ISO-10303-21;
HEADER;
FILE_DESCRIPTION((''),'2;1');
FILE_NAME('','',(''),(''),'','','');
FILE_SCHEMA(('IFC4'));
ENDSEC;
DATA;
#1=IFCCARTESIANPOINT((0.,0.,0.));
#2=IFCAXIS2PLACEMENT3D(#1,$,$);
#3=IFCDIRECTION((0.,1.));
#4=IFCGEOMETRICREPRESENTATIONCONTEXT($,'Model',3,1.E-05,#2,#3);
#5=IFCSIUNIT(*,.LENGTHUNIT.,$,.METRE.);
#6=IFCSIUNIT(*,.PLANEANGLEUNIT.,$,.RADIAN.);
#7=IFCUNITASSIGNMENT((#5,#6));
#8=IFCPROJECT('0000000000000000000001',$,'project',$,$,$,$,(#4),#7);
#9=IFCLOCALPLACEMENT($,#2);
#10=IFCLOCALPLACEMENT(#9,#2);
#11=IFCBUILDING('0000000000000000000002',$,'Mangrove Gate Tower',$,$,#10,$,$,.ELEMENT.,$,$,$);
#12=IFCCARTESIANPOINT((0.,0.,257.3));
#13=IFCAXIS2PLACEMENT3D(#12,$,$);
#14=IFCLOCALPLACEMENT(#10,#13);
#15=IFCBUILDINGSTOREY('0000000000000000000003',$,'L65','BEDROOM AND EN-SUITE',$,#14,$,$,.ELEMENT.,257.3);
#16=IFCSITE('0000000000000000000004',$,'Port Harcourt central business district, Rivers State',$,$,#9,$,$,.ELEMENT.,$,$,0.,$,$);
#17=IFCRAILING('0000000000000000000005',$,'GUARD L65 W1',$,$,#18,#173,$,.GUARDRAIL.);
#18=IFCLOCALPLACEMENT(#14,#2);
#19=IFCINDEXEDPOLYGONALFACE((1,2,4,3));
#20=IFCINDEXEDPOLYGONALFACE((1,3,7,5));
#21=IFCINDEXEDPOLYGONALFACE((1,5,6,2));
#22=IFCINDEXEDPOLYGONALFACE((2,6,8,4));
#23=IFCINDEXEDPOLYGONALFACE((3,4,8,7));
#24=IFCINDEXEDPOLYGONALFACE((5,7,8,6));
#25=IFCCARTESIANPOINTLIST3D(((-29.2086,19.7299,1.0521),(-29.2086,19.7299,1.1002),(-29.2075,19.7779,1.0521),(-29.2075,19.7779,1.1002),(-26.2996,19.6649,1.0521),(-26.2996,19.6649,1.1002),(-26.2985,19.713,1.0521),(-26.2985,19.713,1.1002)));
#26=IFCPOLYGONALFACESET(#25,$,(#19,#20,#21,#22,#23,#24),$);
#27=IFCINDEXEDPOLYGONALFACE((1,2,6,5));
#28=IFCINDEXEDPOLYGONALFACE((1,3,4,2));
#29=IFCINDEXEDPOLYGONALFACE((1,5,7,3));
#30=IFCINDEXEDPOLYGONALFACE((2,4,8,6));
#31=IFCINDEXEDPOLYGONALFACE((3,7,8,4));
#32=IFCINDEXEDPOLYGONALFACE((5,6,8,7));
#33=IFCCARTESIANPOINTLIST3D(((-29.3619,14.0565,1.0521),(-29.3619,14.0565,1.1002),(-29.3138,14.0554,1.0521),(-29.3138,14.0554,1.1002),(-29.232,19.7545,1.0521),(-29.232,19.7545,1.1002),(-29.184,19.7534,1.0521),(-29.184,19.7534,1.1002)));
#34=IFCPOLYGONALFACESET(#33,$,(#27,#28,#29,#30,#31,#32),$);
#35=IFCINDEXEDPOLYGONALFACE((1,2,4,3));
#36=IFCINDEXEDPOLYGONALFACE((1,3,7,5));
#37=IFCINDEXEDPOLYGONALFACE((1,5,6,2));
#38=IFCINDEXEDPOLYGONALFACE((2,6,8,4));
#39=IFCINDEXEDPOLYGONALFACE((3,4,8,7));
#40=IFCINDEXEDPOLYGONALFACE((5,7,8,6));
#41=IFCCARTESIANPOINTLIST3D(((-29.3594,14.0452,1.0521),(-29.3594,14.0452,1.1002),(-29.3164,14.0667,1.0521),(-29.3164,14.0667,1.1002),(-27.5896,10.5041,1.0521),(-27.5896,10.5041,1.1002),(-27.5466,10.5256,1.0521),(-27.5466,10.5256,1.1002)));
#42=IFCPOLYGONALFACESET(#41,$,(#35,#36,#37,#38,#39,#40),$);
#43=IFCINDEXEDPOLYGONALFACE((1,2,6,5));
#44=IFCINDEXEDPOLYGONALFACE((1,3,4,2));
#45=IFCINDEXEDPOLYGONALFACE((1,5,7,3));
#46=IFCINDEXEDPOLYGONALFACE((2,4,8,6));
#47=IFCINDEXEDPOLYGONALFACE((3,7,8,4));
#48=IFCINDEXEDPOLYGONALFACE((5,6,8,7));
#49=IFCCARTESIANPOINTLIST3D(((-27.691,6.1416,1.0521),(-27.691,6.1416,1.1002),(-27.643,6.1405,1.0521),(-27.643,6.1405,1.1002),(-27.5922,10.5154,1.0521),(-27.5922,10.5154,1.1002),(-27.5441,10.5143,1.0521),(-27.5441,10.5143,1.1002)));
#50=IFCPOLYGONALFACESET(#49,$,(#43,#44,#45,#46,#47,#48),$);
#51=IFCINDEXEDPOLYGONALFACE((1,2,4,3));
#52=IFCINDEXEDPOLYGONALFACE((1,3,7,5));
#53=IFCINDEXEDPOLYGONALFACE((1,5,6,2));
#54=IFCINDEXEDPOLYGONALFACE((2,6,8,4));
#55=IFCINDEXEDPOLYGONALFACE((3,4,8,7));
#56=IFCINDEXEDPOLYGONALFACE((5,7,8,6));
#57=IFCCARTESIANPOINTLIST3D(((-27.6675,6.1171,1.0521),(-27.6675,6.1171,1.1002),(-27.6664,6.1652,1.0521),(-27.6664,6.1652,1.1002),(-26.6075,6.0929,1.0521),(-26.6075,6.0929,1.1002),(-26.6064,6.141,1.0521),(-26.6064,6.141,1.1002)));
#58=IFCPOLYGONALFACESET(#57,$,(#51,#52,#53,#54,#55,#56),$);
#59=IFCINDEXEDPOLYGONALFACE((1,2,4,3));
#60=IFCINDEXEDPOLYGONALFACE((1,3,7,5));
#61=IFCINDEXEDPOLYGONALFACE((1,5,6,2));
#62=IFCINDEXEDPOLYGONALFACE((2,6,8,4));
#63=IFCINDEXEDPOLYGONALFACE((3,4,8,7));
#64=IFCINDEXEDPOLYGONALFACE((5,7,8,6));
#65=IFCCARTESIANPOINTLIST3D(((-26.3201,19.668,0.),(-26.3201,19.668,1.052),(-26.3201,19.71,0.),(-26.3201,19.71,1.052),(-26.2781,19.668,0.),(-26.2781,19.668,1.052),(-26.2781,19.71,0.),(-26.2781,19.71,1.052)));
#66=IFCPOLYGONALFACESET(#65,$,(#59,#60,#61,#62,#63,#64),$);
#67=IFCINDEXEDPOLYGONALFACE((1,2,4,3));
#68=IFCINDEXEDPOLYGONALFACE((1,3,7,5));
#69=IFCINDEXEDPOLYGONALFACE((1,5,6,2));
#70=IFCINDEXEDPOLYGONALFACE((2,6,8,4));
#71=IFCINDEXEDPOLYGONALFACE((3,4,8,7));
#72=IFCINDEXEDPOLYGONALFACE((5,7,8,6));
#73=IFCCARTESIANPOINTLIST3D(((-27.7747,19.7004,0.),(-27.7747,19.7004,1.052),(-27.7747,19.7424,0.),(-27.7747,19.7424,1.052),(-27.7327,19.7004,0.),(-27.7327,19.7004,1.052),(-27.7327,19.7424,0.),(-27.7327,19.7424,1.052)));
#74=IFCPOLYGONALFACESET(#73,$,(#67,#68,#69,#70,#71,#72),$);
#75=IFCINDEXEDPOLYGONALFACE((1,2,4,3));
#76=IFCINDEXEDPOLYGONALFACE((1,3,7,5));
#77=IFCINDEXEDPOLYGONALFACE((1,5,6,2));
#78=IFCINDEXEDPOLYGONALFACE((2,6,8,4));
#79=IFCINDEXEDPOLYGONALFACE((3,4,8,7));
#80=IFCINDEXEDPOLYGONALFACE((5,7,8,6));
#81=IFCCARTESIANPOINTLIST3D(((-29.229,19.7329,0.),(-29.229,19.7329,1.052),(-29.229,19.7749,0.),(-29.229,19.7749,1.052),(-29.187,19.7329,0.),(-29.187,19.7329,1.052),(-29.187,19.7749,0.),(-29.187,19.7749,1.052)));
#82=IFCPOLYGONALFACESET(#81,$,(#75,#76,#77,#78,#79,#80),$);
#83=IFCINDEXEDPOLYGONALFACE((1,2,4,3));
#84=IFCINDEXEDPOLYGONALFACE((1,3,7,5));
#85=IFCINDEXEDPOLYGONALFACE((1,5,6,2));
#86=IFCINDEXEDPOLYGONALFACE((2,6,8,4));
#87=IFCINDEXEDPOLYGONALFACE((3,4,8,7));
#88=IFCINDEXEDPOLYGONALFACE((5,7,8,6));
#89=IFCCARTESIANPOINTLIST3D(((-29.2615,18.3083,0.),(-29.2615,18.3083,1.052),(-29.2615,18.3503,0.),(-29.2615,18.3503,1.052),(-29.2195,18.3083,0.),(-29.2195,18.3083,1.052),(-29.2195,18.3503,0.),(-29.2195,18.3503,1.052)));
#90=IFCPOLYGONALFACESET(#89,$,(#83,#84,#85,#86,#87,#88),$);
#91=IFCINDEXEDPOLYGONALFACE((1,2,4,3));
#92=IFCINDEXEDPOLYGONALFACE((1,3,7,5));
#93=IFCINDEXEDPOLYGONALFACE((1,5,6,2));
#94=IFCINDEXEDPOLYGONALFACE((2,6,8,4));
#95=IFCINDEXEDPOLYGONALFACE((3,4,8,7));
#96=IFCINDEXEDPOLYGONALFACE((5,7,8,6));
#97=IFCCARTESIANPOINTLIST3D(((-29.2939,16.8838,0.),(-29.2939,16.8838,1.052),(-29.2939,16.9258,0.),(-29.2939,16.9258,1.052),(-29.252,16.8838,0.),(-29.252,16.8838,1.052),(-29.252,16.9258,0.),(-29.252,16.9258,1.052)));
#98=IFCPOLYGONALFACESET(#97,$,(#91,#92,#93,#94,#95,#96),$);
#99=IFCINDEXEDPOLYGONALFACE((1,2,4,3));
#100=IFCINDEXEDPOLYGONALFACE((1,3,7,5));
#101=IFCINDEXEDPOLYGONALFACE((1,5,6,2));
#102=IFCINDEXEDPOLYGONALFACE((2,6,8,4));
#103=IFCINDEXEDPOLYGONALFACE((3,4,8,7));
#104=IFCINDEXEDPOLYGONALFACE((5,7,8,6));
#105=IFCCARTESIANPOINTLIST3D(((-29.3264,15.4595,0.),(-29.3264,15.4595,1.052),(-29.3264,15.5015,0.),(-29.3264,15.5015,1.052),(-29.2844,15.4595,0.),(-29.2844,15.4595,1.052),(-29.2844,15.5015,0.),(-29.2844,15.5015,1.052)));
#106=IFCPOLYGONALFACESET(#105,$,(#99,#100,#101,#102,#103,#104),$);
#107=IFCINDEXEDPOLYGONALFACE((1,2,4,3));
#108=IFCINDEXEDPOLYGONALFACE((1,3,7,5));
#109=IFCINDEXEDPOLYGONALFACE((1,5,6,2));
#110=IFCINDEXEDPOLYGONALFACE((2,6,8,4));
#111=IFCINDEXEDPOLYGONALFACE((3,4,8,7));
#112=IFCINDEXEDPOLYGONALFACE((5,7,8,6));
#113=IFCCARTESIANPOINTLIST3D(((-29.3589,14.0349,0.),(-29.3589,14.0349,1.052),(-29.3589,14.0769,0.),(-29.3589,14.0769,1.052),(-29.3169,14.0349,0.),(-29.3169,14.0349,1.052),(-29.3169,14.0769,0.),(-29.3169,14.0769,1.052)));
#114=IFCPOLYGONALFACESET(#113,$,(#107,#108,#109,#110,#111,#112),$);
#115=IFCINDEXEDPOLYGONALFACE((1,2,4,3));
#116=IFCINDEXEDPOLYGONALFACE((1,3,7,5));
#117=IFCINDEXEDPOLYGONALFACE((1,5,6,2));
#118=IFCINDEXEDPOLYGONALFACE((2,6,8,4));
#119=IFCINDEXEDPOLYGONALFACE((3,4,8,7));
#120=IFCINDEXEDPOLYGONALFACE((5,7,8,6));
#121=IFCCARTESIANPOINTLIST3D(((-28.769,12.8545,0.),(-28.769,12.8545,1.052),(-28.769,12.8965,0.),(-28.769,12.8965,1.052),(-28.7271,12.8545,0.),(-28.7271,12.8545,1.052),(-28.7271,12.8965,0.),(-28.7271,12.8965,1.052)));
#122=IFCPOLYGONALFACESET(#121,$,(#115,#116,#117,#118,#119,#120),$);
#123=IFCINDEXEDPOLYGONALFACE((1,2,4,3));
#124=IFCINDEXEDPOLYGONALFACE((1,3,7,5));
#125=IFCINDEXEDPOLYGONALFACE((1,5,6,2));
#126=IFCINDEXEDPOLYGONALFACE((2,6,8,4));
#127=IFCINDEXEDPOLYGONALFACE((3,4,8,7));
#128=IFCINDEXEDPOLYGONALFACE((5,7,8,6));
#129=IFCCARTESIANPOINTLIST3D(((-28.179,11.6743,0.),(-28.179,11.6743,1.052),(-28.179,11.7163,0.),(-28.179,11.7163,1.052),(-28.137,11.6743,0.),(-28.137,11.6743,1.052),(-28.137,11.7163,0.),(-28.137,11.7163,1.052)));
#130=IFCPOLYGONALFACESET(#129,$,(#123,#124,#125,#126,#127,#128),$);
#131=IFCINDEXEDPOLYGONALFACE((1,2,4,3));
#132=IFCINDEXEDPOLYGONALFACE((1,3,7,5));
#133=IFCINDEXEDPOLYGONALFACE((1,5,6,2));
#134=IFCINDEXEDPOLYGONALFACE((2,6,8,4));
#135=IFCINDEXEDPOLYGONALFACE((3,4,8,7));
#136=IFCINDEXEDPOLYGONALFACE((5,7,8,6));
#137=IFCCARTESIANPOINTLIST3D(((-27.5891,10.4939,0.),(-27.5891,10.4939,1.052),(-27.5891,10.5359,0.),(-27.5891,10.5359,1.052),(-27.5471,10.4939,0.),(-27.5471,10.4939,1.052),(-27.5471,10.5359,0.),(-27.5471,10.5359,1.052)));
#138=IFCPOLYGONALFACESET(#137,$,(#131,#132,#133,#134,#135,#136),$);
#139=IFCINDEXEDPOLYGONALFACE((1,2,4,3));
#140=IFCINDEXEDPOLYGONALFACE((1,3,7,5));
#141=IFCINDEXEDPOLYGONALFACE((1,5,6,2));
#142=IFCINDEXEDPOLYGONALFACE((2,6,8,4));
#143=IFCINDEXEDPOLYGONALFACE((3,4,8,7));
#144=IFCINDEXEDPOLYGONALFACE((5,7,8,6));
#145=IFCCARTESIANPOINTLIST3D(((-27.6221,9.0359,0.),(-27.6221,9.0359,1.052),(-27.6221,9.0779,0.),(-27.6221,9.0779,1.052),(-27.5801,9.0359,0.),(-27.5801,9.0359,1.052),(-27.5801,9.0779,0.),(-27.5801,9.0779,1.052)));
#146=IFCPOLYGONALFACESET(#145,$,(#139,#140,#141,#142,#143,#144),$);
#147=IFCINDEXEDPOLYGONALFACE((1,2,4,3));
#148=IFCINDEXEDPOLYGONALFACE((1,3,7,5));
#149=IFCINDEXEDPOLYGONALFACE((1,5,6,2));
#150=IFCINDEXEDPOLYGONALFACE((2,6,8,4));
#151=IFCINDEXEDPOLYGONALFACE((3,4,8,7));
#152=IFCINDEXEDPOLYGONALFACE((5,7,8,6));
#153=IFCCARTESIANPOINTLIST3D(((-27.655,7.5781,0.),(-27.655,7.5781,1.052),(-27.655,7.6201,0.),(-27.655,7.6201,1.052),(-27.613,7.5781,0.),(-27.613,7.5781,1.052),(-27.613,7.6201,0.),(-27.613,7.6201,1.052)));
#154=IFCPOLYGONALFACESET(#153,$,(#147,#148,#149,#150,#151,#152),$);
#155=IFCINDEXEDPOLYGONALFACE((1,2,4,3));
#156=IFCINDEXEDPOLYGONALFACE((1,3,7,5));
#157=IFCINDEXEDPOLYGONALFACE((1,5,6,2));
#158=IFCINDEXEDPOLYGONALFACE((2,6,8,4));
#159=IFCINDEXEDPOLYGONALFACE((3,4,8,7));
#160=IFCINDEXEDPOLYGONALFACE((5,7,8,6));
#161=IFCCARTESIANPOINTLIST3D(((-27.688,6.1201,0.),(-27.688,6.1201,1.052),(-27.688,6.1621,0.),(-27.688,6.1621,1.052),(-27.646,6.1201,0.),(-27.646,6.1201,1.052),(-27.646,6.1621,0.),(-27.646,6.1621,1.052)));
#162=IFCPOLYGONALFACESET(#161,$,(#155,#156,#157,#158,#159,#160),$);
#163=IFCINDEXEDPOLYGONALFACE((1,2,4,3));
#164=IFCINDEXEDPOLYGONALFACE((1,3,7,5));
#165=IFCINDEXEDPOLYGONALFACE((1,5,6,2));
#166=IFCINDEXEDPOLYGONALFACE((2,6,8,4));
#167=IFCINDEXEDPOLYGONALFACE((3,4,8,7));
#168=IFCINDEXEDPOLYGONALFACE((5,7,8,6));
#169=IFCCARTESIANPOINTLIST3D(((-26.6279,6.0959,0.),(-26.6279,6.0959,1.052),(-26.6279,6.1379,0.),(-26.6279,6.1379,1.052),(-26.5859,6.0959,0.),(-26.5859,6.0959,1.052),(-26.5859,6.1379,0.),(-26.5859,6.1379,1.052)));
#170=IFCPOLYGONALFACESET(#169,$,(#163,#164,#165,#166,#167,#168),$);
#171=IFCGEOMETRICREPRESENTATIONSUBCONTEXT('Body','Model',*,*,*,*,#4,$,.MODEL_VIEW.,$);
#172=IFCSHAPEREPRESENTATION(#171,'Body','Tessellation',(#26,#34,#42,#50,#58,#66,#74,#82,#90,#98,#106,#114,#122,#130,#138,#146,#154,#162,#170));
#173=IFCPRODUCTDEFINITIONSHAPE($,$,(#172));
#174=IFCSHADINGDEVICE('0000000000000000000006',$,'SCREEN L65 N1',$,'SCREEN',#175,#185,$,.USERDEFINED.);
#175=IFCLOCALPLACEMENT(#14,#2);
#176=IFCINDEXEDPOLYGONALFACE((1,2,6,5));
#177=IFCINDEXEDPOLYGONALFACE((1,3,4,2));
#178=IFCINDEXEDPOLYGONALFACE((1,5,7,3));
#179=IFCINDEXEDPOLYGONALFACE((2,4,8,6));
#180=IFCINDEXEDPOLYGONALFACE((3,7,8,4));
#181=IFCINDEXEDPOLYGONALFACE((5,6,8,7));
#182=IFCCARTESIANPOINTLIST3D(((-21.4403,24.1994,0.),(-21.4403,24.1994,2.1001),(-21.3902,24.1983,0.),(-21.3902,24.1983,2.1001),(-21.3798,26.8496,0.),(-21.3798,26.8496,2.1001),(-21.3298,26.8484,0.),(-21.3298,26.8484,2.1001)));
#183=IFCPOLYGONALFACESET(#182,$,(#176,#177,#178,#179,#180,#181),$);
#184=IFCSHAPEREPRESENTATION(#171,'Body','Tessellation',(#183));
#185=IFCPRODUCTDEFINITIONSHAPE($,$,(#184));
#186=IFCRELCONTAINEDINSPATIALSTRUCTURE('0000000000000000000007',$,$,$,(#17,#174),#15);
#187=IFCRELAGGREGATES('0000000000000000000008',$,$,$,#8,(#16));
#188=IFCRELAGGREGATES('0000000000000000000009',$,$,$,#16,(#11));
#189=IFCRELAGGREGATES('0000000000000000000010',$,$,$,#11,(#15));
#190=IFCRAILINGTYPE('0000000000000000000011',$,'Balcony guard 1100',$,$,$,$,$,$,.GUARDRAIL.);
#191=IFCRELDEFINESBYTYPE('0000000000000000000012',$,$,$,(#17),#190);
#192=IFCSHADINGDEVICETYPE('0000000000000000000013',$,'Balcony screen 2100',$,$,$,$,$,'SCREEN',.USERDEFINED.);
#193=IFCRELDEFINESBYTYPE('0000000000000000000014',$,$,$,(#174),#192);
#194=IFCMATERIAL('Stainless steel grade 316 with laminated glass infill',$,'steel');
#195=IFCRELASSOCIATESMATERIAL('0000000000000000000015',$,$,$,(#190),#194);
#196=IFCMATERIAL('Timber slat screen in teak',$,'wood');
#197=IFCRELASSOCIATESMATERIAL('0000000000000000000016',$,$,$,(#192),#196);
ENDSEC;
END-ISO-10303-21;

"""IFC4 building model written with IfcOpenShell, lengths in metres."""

from ifc_helpers import new_model, si_unit, direction, frame, origin, origin_2d, place, context, subcontext, project, spatial, rectangle, extrude, material, type_object, element, save


model = new_model("IFC4")

# Units and contexts
model_context = context("Model", 3, precision=1e-05, world=origin(), true_north=direction((0.0, 1.0)))
body_context = subcontext(model_context, "Body", "Model", "MODEL_VIEW")
ifc_project = project(units=[si_unit("LENGTHUNIT", "METRE"), si_unit("PLANEANGLEUNIT", "RADIAN")], contexts=[model_context])

# Site, building, storey
site_placement = place(None, origin())
site = spatial("IfcSite", under=ifc_project, at=site_placement, Name="Port Harcourt central business district, Rivers State", CompositionType="ELEMENT", RefElevation=0.0)
building_placement = place(site_placement, origin())
building = spatial("IfcBuilding", under=site, at=building_placement, Name="Mangrove Gate Tower", CompositionType="ELEMENT")
storey_placement = place(building_placement, frame((0.0, 0.0, 257.3)))
storey = spatial("IfcBuildingStorey", under=building, at=storey_placement, Name="L65", Description="BEDROOM AND EN-SUITE", CompositionType="ELEMENT", Elevation=257.3)

# Railing
ifc_material_1 = material(Name="Stainless steel grade 316 with laminated glass infill", Category="steel")
railing_type = type_object("IfcRailingType", Name="Balcony guard 1100", PredefinedType="GUARDRAIL", material=ifc_material_1)
railing_placement = place(storey_placement, frame((-26.2991, 19.689, 0.0)))
element("IfcRailing", 1, at=railing_placement, inside=storey, type_object=railing_type, Name="GUARD L65 W1", PredefinedType="GUARDRAIL", context=body_context, shape_type="SweptSolid", body=[
    extrude(rectangle(XDim=0.0481, YDim=0.0481, at=origin_2d()), frame((0.0, 0.0, 1.0762), z_axis=(-0.999751, 0.022319, 0.0), x_axis=(-0.022319, -0.999751, 0.0)), (0.0, 0.0, 1.0), 2.9097),
    extrude(rectangle(XDim=0.0481, YDim=0.0481, at=origin_2d()), frame((-2.9089, 0.0649, 1.0762), z_axis=(-0.022789, -0.99974, 0.0), x_axis=(0.99974, -0.022789, 0.0)), (0.0, 0.0, 1.0), 5.6995),
    extrude(rectangle(XDim=0.0481, YDim=0.0481, at=origin_2d()), frame((-3.0388, -5.6331, 1.0762), z_axis=(0.447066, -0.894501, 0.0), x_axis=(0.894501, 0.447066, 0.0)), (0.0, 0.0, 1.0), 3.9587),
    extrude(rectangle(XDim=0.0481, YDim=0.0481, at=origin_2d()), frame((-1.269, -9.1741, 1.0762), z_axis=(-0.022601, -0.999745, 0.0), x_axis=(0.999745, -0.022601, 0.0)), (0.0, 0.0, 1.0), 4.375),
    extrude(rectangle(XDim=0.0481, YDim=0.0481, at=origin_2d()), frame((-1.3679, -13.5479, 1.0762), z_axis=(0.99974, -0.022795, 0.0), x_axis=(0.022795, 0.99974, 0.0)), (0.0, 0.0, 1.0), 1.0603),
    extrude(rectangle(XDim=0.042, YDim=0.042, at=origin_2d()), origin(), (0.0, 0.0, 1.0), 1.052),
    extrude(rectangle(XDim=0.042, YDim=0.042, at=origin_2d()), frame((-1.4546, 0.0325, 0.0)), (0.0, 0.0, 1.0), 1.052),
    extrude(rectangle(XDim=0.042, YDim=0.042, at=origin_2d()), frame((-2.9089, 0.0649, 0.0)), (0.0, 0.0, 1.0), 1.052),
    extrude(rectangle(XDim=0.042, YDim=0.042, at=origin_2d()), frame((-2.9414, -1.3596, 0.0)), (0.0, 0.0, 1.0), 1.052),
    extrude(rectangle(XDim=0.042, YDim=0.042, at=origin_2d()), frame((-2.9739, -2.7842, 0.0)), (0.0, 0.0, 1.0), 1.052),
    extrude(rectangle(XDim=0.042, YDim=0.042, at=origin_2d()), frame((-3.0063, -4.2085, 0.0)), (0.0, 0.0, 1.0), 1.052),
    extrude(rectangle(XDim=0.042, YDim=0.042, at=origin_2d()), frame((-3.0388, -5.6331, 0.0)), (0.0, 0.0, 1.0), 1.052),
    extrude(rectangle(XDim=0.042, YDim=0.042, at=origin_2d()), frame((-2.449, -6.8135, 0.0)), (0.0, 0.0, 1.0), 1.052),
    extrude(rectangle(XDim=0.042, YDim=0.042, at=origin_2d()), frame((-1.8589, -7.9937, 0.0)), (0.0, 0.0, 1.0), 1.052),
    extrude(rectangle(XDim=0.042, YDim=0.042, at=origin_2d()), frame((-1.269, -9.1741, 0.0)), (0.0, 0.0, 1.0), 1.052),
    extrude(rectangle(XDim=0.042, YDim=0.042, at=origin_2d()), frame((-1.302, -10.6321, 0.0)), (0.0, 0.0, 1.0), 1.052),
    extrude(rectangle(XDim=0.042, YDim=0.042, at=origin_2d()), frame((-1.335, -12.0898, 0.0)), (0.0, 0.0, 1.0), 1.052),
    extrude(rectangle(XDim=0.042, YDim=0.042, at=origin_2d()), frame((-1.3679, -13.5479, 0.0)), (0.0, 0.0, 1.0), 1.052),
    extrude(rectangle(XDim=0.042, YDim=0.042, at=origin_2d()), frame((-0.3079, -13.572, 0.0)), (0.0, 0.0, 1.0), 1.052),
])

# Shading device
ifc_material_2 = material(Name="Timber slat screen in teak", Category="wood")
shading_device_type = type_object("IfcShadingDeviceType", Name="Balcony screen 2100", ElementType="SCREEN", PredefinedType="USERDEFINED", material=ifc_material_2)
shading_device_placement = place(storey_placement, frame((-21.385, 25.5239, 0.0), z_axis=(0.0, 0.0, 1.0), x_axis=(0.022809, 0.99974, 0.0)))
element("IfcShadingDevice", 2, at=shading_device_placement, inside=storey, type_object=shading_device_type, Name="SCREEN L65 N1", ObjectType="SCREEN", PredefinedType="USERDEFINED", context=body_context, shape_type="SweptSolid", body=[
    extrude(rectangle(XDim=2.6509, YDim=0.05, at=origin_2d()), origin(), (0.0, 0.0, 1.0), 2.1001),
])

save(model, "model.ifc")
